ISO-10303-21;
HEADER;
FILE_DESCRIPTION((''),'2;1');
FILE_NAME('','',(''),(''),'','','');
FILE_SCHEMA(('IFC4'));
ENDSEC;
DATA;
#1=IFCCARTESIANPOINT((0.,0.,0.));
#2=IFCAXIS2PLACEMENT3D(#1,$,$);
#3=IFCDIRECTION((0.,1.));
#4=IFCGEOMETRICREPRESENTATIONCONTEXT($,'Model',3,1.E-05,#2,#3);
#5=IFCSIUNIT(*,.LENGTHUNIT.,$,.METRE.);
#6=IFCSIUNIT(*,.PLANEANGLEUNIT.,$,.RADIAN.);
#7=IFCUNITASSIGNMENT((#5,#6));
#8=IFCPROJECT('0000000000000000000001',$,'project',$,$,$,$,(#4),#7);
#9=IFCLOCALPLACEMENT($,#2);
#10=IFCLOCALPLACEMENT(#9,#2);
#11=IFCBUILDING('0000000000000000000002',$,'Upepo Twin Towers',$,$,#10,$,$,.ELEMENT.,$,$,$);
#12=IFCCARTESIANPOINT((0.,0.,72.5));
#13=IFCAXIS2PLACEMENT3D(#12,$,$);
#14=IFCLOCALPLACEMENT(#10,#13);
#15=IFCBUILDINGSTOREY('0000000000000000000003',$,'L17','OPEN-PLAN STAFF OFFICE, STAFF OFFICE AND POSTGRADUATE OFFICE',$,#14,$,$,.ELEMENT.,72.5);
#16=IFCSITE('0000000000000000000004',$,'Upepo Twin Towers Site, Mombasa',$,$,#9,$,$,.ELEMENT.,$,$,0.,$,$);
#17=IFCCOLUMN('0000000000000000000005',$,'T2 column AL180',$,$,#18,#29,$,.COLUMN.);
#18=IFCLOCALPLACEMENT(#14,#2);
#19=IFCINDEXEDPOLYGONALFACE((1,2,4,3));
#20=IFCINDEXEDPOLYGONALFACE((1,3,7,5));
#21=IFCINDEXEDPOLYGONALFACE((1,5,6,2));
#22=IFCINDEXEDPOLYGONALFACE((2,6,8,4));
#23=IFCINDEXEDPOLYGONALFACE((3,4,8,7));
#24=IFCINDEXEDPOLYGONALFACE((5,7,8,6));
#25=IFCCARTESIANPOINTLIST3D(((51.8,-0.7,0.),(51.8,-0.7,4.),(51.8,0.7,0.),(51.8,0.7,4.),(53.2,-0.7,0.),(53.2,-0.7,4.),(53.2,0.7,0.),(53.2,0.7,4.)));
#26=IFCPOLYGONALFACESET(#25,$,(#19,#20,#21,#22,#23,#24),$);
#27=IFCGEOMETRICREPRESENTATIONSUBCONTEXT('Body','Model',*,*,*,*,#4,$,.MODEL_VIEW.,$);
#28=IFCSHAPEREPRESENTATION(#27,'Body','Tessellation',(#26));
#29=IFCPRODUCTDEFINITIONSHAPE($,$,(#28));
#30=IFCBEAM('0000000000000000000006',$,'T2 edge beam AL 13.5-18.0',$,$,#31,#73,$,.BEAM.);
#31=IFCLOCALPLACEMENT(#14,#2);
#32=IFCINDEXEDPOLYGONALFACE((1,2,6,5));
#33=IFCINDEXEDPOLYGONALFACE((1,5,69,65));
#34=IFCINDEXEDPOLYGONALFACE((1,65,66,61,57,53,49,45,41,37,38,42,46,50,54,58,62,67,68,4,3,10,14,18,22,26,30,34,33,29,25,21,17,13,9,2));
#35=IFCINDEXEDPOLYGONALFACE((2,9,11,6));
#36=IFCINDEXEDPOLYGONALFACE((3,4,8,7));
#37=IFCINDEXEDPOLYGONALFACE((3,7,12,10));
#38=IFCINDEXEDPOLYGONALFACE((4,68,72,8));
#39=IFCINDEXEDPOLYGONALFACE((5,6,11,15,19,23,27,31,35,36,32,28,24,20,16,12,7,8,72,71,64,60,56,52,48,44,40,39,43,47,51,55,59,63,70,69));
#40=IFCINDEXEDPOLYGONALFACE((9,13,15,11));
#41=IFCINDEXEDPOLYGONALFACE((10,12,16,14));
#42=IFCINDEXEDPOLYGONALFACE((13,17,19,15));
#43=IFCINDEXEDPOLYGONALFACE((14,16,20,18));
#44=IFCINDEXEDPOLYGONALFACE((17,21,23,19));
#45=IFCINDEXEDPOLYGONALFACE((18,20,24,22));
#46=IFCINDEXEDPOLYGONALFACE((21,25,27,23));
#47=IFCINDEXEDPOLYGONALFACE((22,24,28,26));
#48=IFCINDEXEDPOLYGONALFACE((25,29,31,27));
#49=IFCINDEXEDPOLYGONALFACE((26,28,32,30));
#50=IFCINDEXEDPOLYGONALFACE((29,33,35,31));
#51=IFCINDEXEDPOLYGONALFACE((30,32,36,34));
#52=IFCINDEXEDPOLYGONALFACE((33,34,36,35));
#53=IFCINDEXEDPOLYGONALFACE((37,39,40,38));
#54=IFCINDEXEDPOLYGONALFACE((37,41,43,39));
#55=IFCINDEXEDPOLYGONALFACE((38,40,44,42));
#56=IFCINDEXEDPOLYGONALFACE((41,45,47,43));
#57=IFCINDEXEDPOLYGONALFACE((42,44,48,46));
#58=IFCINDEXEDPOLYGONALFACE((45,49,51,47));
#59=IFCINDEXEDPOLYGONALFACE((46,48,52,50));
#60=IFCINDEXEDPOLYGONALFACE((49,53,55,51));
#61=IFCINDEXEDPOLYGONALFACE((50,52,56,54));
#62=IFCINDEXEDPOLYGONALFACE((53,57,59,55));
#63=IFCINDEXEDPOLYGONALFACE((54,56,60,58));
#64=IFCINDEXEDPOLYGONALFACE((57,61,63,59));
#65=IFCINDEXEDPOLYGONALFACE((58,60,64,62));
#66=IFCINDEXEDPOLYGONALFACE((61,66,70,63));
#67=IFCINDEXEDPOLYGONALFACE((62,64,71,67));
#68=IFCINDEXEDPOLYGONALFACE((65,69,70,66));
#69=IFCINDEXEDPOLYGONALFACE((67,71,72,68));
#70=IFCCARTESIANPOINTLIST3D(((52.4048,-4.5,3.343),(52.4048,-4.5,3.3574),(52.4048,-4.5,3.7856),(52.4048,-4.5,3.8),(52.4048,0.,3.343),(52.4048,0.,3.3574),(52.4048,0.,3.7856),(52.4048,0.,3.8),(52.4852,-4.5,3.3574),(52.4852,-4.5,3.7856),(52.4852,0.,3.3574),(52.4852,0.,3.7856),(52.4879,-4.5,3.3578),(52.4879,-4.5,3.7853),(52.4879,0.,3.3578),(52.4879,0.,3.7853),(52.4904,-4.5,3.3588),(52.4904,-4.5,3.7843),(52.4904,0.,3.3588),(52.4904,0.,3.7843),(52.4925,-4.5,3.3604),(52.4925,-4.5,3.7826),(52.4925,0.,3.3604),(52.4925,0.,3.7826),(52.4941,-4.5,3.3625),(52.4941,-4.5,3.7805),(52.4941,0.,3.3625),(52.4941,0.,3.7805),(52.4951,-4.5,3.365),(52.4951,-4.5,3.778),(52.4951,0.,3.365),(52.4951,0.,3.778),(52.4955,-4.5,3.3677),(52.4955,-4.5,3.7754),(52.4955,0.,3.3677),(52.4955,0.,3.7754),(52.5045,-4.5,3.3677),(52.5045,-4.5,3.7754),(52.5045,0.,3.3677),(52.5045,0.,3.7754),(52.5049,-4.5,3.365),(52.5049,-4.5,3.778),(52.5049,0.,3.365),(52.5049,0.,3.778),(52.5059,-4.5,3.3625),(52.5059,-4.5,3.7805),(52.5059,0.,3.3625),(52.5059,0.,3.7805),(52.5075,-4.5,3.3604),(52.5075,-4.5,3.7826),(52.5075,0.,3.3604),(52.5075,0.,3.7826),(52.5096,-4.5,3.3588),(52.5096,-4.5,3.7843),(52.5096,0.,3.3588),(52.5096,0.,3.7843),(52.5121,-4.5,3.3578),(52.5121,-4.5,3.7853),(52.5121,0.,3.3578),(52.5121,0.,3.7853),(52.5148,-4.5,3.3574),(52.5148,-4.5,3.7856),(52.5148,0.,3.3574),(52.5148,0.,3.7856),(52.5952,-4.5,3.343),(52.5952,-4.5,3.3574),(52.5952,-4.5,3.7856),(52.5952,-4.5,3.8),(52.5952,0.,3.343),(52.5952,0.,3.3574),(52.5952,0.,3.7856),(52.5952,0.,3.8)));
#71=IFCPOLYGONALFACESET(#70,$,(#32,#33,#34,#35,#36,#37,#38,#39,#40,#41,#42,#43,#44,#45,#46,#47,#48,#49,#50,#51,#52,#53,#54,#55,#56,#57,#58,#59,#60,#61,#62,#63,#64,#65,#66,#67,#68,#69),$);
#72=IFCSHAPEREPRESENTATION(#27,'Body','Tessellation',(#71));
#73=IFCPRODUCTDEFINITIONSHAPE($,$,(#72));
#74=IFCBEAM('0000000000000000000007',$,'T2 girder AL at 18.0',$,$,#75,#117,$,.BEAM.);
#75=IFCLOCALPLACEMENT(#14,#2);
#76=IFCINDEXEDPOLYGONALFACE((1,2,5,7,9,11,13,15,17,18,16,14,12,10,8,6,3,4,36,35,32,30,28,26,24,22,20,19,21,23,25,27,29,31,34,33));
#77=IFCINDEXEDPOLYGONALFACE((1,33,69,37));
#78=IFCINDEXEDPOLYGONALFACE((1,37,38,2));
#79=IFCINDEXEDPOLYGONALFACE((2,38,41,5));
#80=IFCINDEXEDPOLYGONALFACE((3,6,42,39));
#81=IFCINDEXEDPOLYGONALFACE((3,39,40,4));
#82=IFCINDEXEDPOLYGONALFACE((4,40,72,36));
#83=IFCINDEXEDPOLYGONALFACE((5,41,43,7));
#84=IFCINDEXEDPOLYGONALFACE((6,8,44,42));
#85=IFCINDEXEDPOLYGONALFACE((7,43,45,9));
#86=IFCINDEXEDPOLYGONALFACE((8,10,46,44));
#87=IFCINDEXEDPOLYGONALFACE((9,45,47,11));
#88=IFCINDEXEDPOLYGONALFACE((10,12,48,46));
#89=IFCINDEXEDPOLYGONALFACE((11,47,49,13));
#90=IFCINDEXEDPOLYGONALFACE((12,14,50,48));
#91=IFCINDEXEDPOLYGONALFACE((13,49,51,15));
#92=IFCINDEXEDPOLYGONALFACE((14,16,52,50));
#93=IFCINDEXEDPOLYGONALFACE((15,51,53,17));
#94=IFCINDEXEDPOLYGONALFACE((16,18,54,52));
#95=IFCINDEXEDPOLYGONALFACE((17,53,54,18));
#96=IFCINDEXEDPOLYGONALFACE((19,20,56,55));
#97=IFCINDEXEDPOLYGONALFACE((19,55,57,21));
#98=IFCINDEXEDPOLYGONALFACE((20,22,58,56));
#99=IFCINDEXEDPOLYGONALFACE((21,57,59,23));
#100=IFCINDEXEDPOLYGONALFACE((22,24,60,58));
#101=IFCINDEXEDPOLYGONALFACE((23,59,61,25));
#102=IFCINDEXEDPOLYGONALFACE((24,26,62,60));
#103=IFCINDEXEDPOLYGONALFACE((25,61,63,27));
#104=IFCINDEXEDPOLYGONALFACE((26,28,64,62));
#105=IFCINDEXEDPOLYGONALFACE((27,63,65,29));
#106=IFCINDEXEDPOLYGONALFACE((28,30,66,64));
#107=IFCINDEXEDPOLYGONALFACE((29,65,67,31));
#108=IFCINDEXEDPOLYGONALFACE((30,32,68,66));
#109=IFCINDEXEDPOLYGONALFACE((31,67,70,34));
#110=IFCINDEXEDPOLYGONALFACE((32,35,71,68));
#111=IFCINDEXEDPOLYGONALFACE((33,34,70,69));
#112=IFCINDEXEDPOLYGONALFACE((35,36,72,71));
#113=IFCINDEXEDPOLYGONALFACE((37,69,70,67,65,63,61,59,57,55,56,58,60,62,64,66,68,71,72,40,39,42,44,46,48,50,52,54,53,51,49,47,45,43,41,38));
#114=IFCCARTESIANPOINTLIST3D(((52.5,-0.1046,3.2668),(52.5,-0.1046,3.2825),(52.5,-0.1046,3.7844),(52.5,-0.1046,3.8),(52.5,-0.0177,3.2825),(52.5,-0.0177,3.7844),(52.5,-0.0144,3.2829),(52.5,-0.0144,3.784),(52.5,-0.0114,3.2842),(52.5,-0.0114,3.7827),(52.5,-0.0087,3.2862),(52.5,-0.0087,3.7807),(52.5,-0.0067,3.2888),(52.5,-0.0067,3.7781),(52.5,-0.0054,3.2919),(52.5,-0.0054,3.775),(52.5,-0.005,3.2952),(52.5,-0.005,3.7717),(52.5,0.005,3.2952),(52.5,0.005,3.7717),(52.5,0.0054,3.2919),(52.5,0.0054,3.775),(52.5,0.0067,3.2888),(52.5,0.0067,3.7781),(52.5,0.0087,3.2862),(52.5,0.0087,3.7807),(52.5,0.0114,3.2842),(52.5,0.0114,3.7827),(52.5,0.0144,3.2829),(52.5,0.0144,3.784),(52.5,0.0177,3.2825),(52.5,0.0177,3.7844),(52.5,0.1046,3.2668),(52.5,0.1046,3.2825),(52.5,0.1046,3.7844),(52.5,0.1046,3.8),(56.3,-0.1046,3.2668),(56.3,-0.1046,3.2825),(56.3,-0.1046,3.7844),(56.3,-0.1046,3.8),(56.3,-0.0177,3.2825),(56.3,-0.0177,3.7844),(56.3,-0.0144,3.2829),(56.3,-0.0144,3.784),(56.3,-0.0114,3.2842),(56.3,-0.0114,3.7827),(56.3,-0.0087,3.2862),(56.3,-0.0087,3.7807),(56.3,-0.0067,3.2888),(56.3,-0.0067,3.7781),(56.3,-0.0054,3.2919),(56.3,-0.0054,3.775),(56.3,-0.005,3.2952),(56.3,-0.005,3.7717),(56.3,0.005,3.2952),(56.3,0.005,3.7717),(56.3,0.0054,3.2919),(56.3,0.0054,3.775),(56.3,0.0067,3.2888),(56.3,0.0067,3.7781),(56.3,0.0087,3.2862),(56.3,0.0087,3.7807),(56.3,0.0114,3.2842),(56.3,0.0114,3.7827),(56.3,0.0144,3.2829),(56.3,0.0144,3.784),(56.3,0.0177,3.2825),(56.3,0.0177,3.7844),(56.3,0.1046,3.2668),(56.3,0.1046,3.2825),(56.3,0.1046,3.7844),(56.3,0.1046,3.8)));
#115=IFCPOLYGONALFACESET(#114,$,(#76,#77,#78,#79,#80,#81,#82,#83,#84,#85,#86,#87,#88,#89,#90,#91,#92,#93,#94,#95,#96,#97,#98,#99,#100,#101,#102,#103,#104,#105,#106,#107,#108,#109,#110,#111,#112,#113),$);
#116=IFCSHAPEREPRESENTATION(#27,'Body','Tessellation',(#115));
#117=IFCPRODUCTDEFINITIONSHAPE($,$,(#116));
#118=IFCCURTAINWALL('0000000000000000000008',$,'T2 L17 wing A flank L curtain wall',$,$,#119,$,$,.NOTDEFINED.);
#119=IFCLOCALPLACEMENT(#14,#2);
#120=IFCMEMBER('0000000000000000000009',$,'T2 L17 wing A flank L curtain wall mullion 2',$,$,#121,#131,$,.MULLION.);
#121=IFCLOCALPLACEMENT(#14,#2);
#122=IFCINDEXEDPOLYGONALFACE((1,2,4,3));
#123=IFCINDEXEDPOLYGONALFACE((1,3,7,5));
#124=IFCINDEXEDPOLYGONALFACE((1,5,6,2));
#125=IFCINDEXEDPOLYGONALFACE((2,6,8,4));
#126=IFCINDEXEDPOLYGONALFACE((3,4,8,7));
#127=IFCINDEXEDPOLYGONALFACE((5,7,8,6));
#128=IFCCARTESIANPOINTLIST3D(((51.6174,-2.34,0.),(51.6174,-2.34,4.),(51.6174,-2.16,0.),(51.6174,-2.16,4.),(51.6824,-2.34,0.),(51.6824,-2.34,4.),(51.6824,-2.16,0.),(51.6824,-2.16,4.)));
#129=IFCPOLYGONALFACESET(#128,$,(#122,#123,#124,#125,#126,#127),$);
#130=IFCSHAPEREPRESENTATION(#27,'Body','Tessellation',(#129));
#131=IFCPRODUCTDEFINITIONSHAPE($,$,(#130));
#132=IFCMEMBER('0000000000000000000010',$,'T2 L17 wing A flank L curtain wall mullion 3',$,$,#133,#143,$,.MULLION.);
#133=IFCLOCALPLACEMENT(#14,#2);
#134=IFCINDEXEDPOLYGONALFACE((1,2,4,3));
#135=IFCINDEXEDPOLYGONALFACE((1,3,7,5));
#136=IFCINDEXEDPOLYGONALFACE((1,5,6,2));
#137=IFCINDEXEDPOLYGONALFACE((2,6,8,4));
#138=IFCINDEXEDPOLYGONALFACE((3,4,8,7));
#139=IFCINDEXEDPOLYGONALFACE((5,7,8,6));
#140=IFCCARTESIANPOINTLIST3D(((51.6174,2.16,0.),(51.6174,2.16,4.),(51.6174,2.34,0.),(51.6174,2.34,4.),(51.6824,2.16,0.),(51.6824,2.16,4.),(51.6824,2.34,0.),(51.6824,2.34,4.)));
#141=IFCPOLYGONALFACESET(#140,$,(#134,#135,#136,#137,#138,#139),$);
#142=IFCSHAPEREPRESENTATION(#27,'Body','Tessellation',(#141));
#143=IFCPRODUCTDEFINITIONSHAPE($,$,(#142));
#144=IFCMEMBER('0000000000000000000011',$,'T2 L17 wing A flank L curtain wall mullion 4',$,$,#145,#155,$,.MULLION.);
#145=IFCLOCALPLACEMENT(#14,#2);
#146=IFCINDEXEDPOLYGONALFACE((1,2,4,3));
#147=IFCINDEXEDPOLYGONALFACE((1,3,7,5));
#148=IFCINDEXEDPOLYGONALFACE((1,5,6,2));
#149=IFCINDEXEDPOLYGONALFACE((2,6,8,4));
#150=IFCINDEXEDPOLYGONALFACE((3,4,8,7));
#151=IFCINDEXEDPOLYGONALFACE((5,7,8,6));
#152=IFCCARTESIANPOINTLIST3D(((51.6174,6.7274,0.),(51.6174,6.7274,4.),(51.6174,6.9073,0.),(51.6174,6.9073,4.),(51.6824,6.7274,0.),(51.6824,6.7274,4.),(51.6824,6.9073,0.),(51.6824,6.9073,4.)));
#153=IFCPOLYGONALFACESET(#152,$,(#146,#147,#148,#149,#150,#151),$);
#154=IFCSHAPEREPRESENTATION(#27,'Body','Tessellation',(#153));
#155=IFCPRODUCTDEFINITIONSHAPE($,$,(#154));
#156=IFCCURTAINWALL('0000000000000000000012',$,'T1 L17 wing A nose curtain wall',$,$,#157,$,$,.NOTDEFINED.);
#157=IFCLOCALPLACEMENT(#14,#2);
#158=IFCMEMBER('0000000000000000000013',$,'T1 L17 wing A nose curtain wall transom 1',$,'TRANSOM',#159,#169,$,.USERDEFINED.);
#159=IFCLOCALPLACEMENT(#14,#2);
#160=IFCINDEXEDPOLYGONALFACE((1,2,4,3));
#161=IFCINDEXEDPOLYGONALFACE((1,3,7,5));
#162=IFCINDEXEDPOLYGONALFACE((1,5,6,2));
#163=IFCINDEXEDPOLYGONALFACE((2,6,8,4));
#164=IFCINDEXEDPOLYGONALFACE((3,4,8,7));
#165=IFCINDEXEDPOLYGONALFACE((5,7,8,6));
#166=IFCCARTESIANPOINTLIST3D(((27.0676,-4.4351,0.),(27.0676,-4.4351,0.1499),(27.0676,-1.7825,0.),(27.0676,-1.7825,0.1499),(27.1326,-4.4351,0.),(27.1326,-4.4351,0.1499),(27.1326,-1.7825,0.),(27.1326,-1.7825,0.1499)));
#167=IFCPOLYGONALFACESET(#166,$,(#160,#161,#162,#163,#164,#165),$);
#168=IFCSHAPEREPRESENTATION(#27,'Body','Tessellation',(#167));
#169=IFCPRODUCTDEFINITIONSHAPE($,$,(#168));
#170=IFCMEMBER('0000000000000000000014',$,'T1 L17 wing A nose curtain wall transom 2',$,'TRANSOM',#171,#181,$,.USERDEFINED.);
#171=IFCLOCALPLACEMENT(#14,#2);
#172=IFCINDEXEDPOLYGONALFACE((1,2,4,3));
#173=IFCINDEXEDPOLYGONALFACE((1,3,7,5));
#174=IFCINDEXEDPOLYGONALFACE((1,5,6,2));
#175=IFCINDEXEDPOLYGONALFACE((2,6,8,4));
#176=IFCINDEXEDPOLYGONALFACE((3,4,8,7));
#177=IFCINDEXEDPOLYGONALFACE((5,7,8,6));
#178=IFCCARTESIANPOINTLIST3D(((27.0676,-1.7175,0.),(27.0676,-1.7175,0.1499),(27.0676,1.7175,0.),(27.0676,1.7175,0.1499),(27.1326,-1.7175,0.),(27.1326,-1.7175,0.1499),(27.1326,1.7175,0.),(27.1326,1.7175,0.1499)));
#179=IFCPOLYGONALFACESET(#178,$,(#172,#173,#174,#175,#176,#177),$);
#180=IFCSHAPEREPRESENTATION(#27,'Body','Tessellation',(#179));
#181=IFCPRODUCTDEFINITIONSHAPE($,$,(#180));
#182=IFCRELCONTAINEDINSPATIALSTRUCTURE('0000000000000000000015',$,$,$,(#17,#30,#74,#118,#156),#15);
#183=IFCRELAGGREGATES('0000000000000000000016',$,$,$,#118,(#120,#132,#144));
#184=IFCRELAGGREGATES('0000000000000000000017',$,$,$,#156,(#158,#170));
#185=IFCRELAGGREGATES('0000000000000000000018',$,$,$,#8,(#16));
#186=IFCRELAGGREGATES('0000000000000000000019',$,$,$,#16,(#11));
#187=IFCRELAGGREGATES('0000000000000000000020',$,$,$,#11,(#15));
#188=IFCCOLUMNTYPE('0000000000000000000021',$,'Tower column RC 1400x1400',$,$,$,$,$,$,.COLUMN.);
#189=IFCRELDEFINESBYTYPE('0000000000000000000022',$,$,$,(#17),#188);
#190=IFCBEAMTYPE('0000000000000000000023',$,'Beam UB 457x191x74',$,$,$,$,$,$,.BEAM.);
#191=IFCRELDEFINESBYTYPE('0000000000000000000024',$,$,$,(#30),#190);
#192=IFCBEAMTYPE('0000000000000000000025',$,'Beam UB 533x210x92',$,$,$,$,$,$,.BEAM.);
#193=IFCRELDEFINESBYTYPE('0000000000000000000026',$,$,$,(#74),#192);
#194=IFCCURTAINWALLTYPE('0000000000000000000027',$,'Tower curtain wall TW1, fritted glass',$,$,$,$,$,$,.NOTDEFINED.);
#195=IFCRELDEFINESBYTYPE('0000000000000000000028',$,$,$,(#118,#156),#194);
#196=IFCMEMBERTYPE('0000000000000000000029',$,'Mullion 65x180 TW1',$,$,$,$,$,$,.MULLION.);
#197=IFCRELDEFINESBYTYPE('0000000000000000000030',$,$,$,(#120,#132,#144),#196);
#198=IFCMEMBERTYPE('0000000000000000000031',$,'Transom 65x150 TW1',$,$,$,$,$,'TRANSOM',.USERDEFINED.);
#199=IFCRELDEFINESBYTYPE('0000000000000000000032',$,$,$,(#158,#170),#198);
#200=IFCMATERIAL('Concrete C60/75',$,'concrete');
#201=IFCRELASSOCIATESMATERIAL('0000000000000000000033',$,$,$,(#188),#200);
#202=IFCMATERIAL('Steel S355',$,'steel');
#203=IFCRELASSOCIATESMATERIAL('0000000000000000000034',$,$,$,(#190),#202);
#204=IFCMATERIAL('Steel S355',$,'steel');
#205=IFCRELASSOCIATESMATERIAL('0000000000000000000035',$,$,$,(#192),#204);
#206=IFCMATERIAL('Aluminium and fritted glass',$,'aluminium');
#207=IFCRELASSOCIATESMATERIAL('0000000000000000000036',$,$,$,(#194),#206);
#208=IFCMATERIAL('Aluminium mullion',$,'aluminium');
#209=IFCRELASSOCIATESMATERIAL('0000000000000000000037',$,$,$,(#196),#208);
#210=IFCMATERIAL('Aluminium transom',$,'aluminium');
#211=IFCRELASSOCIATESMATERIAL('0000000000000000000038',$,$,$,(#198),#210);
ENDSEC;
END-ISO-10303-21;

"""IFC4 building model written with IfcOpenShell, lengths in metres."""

from ifc_helpers import new_model, si_unit, direction, frame, origin, origin_2d, place, context, subcontext, project, spatial, rectangle, i_section, extrude, material, material_profile, profile_set, type_object, element, aggregate, save


model = new_model("IFC4")

# Units and contexts
model_context = context("Model", 3, precision=1e-05, world=origin(), true_north=direction((0.0, 1.0)))
body_context = subcontext(model_context, "Body", "Model", "MODEL_VIEW")
ifc_project = project(units=[si_unit("LENGTHUNIT", "METRE"), si_unit("PLANEANGLEUNIT", "RADIAN")], contexts=[model_context])

# Site, building, storey
site_placement = place(None, origin())
site = spatial("IfcSite", under=ifc_project, at=site_placement, Name="Upepo Twin Towers Site, Mombasa", CompositionType="ELEMENT", RefElevation=0.0)
building_placement = place(site_placement, origin())
building = spatial("IfcBuilding", under=site, at=building_placement, Name="Upepo Twin Towers", CompositionType="ELEMENT")
storey_placement = place(building_placement, frame((0.0, 0.0, 72.5)))
storey = spatial("IfcBuildingStorey", under=building, at=storey_placement, Name="L17", Description="OPEN-PLAN STAFF OFFICE, STAFF OFFICE AND POSTGRADUATE OFFICE", CompositionType="ELEMENT", Elevation=72.5)

# Column
ifc_material_1 = material(Name="Concrete C60/75", Category="concrete")
ifc_material_profile_1 = material_profile(ifc_material_1, rectangle(XDim=1.3999, YDim=1.3999, at=origin_2d()), Name="RC 1400x1400")
ifc_profile_set_1 = profile_set([ifc_material_profile_1], Name="Concrete C60/75")
column_type = type_object("IfcColumnType", Name="Tower column RC 1400x1400", PredefinedType="COLUMN", material=ifc_profile_set_1)
column_placement = place(storey_placement, frame((52.5, 0.0, 0.0), z_axis=(0.0, 0.0, 1.0), x_axis=(1.0, 0.0, 0.0)))
element("IfcColumn", 1, at=column_placement, inside=storey, type_object=column_type, Name="T2 column AL180", PredefinedType="COLUMN", context=body_context, shape_type="SweptSolid", body=[
    extrude(rectangle(XDim=1.3999, YDim=1.3999, at=origin_2d()), origin(), (0.0, 0.0, 1.0), 4.0),
])

# Beams
ifc_material_2 = material(Name="Steel S355", Category="steel")
ifc_material_profile_2 = material_profile(ifc_material_2, i_section(OverallWidth=0.1904, OverallDepth=0.457, WebThickness=0.009, FlangeThickness=0.0144, FilletRadius=0.0103, at=origin_2d()), Name="UB 457x191x74")
ifc_profile_set_2 = profile_set([ifc_material_profile_2], Name="Steel S355")
beam_type_1 = type_object("IfcBeamType", Name="Beam UB 457x191x74", PredefinedType="BEAM", material=ifc_profile_set_2)
beam_1_placement = place(storey_placement, frame((52.5, -4.5, 3.5715), z_axis=(0.0, 1.0, 0.0), x_axis=(-1.0, 0.0, 0.0)))
element("IfcBeam", 2, at=beam_1_placement, inside=storey, type_object=beam_type_1, Name="T2 edge beam AL 13.5-18.0", PredefinedType="BEAM", context=body_context, shape_type="SweptSolid", body=[
    extrude(i_section(OverallWidth=0.1904, OverallDepth=0.457, WebThickness=0.009, FlangeThickness=0.0144, FilletRadius=0.0103, at=origin_2d()), origin(), (0.0, 0.0, 1.0), 4.5),
])
ifc_material_3 = material(Name="Steel S355", Category="steel")
ifc_material_profile_3 = material_profile(ifc_material_3, i_section(OverallWidth=0.2092, OverallDepth=0.5332, WebThickness=0.01, FlangeThickness=0.0156, FilletRadius=0.0127, at=origin_2d()), Name="UB 533x210x92")
ifc_profile_set_3 = profile_set([ifc_material_profile_3], Name="Steel S355")
beam_type_2 = type_object("IfcBeamType", Name="Beam UB 533x210x92", PredefinedType="BEAM", material=ifc_profile_set_3)
beam_2_placement = place(storey_placement, frame((52.5, 0.0, 3.5334), z_axis=(1.0, 0.0, 0.0), x_axis=(0.0, 1.0, 0.0)))
element("IfcBeam", 3, at=beam_2_placement, inside=storey, type_object=beam_type_2, Name="T2 girder AL at 18.0", PredefinedType="BEAM", context=body_context, shape_type="SweptSolid", body=[
    extrude(i_section(OverallWidth=0.2092, OverallDepth=0.5332, WebThickness=0.01, FlangeThickness=0.0156, FilletRadius=0.0127, at=origin_2d()), origin(), (0.0, 0.0, 1.0), 3.8),
])

# Curtain walls, members
ifc_material_4 = material(Name="Aluminium and fritted glass", Category="aluminium")
curtain_wall_type = type_object("IfcCurtainWallType", Name="Tower curtain wall TW1, fritted glass", PredefinedType="NOTDEFINED", material=ifc_material_4)
curtain_wall_1_placement = place(storey_placement, origin())
curtain_wall_1 = element("IfcCurtainWall", 4, at=curtain_wall_1_placement, inside=storey, type_object=curtain_wall_type, Name="T2 L17 wing A flank L curtain wall", PredefinedType="NOTDEFINED")
ifc_material_5 = material(Name="Aluminium mullion", Category="aluminium")
ifc_material_profile_4 = material_profile(ifc_material_5, rectangle(XDim=0.0649, YDim=0.1799, at=origin_2d()), Name="MULLION 65x180")
ifc_profile_set_4 = profile_set([ifc_material_profile_4], Name="Aluminium mullion")
member_type_1 = type_object("IfcMemberType", Name="Mullion 65x180 TW1", PredefinedType="MULLION", material=ifc_profile_set_4)
member_1_placement = place(storey_placement, frame((51.6499, -2.25, 0.0), z_axis=(0.0, 0.0, 1.0), x_axis=(-1.0, 0.0, 0.0)))
member_1 = element("IfcMember", 5, at=member_1_placement, type_object=member_type_1, Name="T2 L17 wing A flank L curtain wall mullion 2", PredefinedType="MULLION", context=body_context, shape_type="SweptSolid", body=[
    extrude(rectangle(XDim=0.0649, YDim=0.1799, at=origin_2d()), origin(), (0.0, 0.0, 1.0), 4.0),
])
member_2_placement = place(storey_placement, frame((51.6499, 2.25, 0.0), z_axis=(0.0, 0.0, 1.0), x_axis=(-1.0, 0.0, 0.0)))
member_2 = element("IfcMember", 6, at=member_2_placement, type_object=member_type_1, Name="T2 L17 wing A flank L curtain wall mullion 3", PredefinedType="MULLION", context=body_context, shape_type="SweptSolid", body=[
    extrude(rectangle(XDim=0.0649, YDim=0.1799, at=origin_2d()), origin(), (0.0, 0.0, 1.0), 4.0),
])
member_3_placement = place(storey_placement, frame((51.6499, 6.8174, 0.0), z_axis=(0.0, 0.0, 1.0), x_axis=(-1.0, 0.0, 0.0)))
member_3 = element("IfcMember", 7, at=member_3_placement, type_object=member_type_1, Name="T2 L17 wing A flank L curtain wall mullion 4", PredefinedType="MULLION", context=body_context, shape_type="SweptSolid", body=[
    extrude(rectangle(XDim=0.0649, YDim=0.1799, at=origin_2d()), origin(), (0.0, 0.0, 1.0), 4.0),
])
curtain_wall_2_placement = place(storey_placement, origin())
curtain_wall_2 = element("IfcCurtainWall", 8, at=curtain_wall_2_placement, inside=storey, type_object=curtain_wall_type, Name="T1 L17 wing A nose curtain wall", PredefinedType="NOTDEFINED")
ifc_material_6 = material(Name="Aluminium transom", Category="aluminium")
ifc_material_profile_5 = material_profile(ifc_material_6, rectangle(XDim=0.0649, YDim=0.1499, at=origin_2d()), Name="TRANSOM 65x150")
ifc_profile_set_5 = profile_set([ifc_material_profile_5], Name="Aluminium transom")
member_type_2 = type_object("IfcMemberType", Name="Transom 65x150 TW1", ElementType="TRANSOM", PredefinedType="USERDEFINED", material=ifc_profile_set_5)
member_4_placement = place(storey_placement, frame((27.1001, -4.4351, 0.075), z_axis=(0.0, 1.0, 0.0), x_axis=(-1.0, 0.0, 0.0)))
member_4 = element("IfcMember", 9, at=member_4_placement, type_object=member_type_2, Name="T1 L17 wing A nose curtain wall transom 1", ObjectType="TRANSOM", PredefinedType="USERDEFINED", context=body_context, shape_type="SweptSolid", body=[
    extrude(rectangle(XDim=0.0649, YDim=0.1499, at=origin_2d()), origin(), (0.0, 0.0, 1.0), 2.6526),
])
member_5_placement = place(storey_placement, frame((27.1001, -1.7175, 0.075), z_axis=(0.0, 1.0, 0.0), x_axis=(-1.0, 0.0, 0.0)))
member_5 = element("IfcMember", 10, at=member_5_placement, type_object=member_type_2, Name="T1 L17 wing A nose curtain wall transom 2", ObjectType="TRANSOM", PredefinedType="USERDEFINED", context=body_context, shape_type="SweptSolid", body=[
    extrude(rectangle(XDim=0.0649, YDim=0.1499, at=origin_2d()), origin(), (0.0, 0.0, 1.0), 3.4351),
])

aggregate(curtain_wall_1, [member_1, member_2, member_3])
aggregate(curtain_wall_2, [member_4, member_5])

save(model, "model.ifc")
